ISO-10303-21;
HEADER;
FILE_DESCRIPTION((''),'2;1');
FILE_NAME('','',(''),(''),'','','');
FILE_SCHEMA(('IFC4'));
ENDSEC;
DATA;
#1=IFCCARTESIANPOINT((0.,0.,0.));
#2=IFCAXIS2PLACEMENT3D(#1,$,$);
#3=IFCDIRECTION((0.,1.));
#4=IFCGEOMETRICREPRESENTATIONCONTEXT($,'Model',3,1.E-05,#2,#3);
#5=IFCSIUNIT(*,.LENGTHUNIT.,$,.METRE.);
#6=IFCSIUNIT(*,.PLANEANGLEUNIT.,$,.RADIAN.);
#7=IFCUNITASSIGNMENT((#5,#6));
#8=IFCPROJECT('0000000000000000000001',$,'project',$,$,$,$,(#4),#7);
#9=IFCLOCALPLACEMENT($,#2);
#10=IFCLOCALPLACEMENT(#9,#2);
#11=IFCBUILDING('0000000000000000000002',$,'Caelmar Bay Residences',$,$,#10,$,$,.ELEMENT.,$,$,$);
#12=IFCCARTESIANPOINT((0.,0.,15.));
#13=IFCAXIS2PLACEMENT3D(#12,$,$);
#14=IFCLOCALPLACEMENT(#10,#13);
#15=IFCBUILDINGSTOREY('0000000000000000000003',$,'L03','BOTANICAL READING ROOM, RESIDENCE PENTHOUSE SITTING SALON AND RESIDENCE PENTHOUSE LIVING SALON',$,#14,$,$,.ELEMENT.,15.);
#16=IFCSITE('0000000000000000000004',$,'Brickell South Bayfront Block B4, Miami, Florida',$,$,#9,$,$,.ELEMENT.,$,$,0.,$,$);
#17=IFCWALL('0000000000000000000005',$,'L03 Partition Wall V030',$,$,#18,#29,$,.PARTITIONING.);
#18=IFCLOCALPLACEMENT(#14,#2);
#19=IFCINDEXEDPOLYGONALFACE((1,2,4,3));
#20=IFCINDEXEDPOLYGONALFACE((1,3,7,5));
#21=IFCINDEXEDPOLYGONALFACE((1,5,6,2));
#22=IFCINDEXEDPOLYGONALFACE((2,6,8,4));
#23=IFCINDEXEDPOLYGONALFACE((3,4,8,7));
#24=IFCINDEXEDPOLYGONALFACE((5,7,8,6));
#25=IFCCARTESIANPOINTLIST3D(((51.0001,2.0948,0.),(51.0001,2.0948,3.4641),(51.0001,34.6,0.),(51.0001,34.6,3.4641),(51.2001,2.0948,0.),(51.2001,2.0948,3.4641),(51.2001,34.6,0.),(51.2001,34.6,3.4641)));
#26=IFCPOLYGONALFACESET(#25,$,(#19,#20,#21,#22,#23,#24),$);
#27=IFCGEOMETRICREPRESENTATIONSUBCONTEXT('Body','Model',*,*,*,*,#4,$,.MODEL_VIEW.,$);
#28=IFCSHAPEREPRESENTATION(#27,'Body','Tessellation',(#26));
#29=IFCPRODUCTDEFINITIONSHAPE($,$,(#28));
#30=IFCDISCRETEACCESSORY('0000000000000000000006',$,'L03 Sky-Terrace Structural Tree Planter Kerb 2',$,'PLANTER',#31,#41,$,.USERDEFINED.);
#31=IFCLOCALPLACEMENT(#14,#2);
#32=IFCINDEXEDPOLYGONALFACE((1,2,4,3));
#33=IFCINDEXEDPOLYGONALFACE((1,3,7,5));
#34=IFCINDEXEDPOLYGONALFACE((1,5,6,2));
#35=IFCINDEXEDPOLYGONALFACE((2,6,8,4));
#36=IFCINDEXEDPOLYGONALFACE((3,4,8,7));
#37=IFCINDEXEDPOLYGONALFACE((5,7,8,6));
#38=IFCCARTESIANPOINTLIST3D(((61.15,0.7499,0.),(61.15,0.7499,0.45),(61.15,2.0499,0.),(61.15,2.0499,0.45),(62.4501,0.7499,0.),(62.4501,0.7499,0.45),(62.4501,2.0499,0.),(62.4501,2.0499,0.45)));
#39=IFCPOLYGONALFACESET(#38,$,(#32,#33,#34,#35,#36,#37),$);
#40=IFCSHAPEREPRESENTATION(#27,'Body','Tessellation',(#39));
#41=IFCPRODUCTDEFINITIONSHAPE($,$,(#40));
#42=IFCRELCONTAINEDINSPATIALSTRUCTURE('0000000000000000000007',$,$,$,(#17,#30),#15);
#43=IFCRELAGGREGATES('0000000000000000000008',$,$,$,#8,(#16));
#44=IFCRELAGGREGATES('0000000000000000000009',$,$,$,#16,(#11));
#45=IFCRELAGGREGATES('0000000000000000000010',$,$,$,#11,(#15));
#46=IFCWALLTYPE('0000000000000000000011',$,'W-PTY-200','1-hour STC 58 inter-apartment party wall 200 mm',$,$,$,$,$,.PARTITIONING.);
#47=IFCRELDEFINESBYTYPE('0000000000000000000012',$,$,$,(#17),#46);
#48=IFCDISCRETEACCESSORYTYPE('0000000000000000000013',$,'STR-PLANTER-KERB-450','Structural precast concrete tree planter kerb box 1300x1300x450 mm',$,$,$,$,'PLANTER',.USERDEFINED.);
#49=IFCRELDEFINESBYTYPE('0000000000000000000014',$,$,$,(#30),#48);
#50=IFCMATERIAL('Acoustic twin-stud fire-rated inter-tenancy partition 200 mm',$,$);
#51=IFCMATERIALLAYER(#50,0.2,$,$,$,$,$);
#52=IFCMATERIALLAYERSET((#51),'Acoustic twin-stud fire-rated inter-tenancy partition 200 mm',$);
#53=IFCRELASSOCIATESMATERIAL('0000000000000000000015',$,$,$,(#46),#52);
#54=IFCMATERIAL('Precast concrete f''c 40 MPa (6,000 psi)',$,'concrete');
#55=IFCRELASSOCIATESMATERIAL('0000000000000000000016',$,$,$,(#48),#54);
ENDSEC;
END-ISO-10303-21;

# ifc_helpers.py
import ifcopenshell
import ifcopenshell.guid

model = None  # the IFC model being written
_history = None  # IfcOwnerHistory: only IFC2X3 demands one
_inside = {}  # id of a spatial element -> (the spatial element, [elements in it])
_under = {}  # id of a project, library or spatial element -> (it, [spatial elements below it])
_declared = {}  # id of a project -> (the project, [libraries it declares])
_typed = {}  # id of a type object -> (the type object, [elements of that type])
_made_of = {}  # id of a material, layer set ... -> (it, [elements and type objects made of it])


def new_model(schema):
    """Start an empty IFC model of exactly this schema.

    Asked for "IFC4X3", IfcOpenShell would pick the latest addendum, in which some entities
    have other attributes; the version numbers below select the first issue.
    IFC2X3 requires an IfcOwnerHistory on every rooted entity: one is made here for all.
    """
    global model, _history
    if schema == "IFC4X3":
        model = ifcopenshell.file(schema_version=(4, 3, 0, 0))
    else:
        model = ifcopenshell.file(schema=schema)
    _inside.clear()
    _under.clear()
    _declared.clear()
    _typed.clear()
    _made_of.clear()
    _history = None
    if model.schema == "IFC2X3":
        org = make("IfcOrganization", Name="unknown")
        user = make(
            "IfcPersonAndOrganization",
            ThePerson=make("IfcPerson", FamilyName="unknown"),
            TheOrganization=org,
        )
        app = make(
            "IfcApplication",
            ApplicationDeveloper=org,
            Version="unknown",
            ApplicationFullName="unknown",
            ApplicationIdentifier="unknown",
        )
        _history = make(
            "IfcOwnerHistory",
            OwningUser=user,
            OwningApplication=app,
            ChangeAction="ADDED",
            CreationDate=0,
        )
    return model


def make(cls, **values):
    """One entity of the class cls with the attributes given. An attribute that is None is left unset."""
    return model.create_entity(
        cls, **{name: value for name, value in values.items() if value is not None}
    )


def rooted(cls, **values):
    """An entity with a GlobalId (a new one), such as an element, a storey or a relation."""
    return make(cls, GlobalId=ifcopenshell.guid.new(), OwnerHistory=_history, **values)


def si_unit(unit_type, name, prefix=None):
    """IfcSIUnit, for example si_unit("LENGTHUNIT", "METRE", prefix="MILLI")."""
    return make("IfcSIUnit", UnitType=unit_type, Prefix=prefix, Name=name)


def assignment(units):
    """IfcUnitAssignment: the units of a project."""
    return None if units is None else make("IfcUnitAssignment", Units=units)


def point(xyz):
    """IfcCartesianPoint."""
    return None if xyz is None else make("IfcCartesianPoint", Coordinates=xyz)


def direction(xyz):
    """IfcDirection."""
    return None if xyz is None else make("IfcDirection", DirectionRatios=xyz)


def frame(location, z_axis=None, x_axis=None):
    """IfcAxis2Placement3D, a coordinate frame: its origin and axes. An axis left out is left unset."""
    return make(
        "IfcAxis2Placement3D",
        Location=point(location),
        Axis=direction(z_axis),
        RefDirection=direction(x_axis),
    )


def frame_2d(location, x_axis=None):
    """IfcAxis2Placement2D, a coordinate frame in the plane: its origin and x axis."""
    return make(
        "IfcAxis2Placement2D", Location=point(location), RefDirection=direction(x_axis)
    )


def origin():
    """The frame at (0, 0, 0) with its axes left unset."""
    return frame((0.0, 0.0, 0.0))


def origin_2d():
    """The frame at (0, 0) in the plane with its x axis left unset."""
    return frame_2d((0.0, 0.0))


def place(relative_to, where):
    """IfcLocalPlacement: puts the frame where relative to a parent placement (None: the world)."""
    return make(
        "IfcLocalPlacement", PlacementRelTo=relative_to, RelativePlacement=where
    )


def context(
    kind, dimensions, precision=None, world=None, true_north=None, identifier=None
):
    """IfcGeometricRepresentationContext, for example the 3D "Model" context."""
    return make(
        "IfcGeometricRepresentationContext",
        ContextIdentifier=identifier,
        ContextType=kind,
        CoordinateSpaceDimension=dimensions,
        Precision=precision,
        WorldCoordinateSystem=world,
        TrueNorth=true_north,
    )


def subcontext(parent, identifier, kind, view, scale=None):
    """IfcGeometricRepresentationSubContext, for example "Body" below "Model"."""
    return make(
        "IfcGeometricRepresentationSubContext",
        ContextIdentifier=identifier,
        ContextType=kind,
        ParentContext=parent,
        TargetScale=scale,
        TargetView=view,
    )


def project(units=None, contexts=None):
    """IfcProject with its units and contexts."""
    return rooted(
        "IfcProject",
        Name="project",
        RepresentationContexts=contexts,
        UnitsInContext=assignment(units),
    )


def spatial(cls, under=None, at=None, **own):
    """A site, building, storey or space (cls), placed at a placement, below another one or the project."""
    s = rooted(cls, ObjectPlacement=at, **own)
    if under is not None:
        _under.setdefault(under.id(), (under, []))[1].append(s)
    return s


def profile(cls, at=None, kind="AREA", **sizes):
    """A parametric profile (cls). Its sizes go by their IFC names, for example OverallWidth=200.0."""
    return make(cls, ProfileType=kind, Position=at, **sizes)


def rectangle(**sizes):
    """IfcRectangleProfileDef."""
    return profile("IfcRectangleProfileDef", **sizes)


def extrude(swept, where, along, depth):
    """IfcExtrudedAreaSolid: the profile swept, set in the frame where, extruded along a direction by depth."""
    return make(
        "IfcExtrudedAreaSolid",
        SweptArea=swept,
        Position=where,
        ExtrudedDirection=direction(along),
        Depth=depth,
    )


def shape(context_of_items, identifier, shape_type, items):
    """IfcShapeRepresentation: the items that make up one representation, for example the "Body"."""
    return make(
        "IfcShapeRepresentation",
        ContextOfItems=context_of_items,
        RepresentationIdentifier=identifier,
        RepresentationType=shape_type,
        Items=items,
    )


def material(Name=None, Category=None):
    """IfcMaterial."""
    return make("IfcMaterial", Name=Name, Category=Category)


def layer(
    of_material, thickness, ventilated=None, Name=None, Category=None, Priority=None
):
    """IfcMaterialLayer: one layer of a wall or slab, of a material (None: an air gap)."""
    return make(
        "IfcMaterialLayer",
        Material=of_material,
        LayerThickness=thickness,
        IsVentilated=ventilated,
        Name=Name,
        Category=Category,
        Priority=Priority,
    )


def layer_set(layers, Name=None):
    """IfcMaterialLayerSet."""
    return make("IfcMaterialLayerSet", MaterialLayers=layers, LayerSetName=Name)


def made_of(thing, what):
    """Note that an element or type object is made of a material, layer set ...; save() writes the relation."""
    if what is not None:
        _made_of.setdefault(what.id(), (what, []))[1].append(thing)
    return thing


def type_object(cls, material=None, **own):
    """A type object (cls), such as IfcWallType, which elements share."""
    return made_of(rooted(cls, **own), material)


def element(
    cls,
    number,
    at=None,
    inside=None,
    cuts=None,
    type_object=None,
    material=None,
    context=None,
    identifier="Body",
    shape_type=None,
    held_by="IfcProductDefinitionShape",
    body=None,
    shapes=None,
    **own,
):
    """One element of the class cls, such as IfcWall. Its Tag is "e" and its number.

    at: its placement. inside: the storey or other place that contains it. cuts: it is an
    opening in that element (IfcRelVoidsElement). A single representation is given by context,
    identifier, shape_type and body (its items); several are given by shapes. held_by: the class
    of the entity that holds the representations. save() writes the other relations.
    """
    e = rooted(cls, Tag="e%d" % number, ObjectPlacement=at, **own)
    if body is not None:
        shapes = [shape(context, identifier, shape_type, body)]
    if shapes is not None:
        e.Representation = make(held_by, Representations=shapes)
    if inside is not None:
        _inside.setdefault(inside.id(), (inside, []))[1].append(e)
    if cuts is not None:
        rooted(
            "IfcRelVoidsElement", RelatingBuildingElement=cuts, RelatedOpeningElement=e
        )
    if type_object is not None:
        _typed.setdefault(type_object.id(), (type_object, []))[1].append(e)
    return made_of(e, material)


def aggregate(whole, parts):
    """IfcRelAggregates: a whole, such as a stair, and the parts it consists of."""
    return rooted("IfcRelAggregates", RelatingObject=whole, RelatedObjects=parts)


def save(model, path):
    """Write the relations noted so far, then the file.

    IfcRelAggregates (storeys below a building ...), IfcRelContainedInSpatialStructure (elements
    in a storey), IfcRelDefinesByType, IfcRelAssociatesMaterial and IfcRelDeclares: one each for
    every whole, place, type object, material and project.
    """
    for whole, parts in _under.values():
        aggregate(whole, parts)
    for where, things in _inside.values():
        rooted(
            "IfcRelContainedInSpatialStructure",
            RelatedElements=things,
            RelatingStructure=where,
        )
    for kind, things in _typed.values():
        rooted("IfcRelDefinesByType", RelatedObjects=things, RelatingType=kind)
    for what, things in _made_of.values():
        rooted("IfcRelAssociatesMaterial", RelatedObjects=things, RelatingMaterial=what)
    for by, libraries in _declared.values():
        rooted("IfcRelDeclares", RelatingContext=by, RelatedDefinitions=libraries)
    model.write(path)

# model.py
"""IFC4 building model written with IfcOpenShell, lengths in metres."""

from ifc_helpers import new_model, si_unit, direction, frame, frame_2d, origin, origin_2d, place, context, subcontext, project, spatial, rectangle, extrude, material, layer, layer_set, type_object, element, save


model = new_model("IFC4")

# Units and contexts
model_context = context("Model", 3, precision=1e-05, world=origin(), true_north=direction((0.0, 1.0)))
body_context = subcontext(model_context, "Body", "Model", "MODEL_VIEW")
ifc_project = project(units=[si_unit("LENGTHUNIT", "METRE"), si_unit("PLANEANGLEUNIT", "RADIAN")], contexts=[model_context])

# Site, building, storey
site_placement = place(None, origin())
site = spatial("IfcSite", under=ifc_project, at=site_placement, Name="Brickell South Bayfront Block B4, Miami, Florida", CompositionType="ELEMENT", RefElevation=0.0)
building_placement = place(site_placement, origin())
building = spatial("IfcBuilding", under=site, at=building_placement, Name="Caelmar Bay Residences", CompositionType="ELEMENT")
storey_placement = place(building_placement, frame((0.0, 0.0, 15.0)))
storey = spatial("IfcBuildingStorey", under=building, at=storey_placement, Name="L03", Description="BOTANICAL READING ROOM, RESIDENCE PENTHOUSE SITTING SALON AND RESIDENCE PENTHOUSE LIVING SALON", CompositionType="ELEMENT", Elevation=15.0)

# Wall
ifc_material_1 = material(Name="Acoustic twin-stud fire-rated inter-tenancy partition 200 mm")
ifc_layer = layer(ifc_material_1, 0.2)
ifc_layer_set = layer_set([ifc_layer], Name="Acoustic twin-stud fire-rated inter-tenancy partition 200 mm")
wall_type = type_object("IfcWallType", Name="W-PTY-200", Description="1-hour STC 58 inter-apartment party wall 200 mm", PredefinedType="PARTITIONING", material=ifc_layer_set)
wall_placement = place(storey_placement, frame((51.1001, 2.095, 0.0), z_axis=(0.0, 0.0, 1.0), x_axis=(0.0, 1.0, 0.0)))
element("IfcWall", 1, at=wall_placement, inside=storey, type_object=wall_type, Name="L03 Partition Wall V030", PredefinedType="PARTITIONING", context=body_context, shape_type="SweptSolid", body=[
    extrude(rectangle(XDim=32.5051, YDim=0.2, at=frame_2d((16.2524, 0.0))), origin(), (0.0, 0.0, 1.0), 3.4641),
])

# Discrete accessory
ifc_material_2 = material(Name="Precast concrete f'c 40 MPa (6,000 psi)", Category="concrete")
discrete_accessory_type = type_object("IfcDiscreteAccessoryType", Name="STR-PLANTER-KERB-450", Description="Structural precast concrete tree planter kerb box 1300x1300x450 mm", ElementType="PLANTER", PredefinedType="USERDEFINED", material=ifc_material_2)
discrete_accessory_placement = place(storey_placement, frame((61.8, 1.3999, 0.0), z_axis=(0.0, 0.0, 1.0), x_axis=(1.0, 0.0, 0.0)))
element("IfcDiscreteAccessory", 2, at=discrete_accessory_placement, inside=storey, type_object=discrete_accessory_type, Name="L03 Sky-Terrace Structural Tree Planter Kerb 2", ObjectType="PLANTER", PredefinedType="USERDEFINED", context=body_context, shape_type="SweptSolid", body=[
    extrude(rectangle(XDim=1.3, YDim=1.3, at=origin_2d()), origin(), (0.0, 0.0, 1.0), 0.45),
])

save(model, "model.ifc")
